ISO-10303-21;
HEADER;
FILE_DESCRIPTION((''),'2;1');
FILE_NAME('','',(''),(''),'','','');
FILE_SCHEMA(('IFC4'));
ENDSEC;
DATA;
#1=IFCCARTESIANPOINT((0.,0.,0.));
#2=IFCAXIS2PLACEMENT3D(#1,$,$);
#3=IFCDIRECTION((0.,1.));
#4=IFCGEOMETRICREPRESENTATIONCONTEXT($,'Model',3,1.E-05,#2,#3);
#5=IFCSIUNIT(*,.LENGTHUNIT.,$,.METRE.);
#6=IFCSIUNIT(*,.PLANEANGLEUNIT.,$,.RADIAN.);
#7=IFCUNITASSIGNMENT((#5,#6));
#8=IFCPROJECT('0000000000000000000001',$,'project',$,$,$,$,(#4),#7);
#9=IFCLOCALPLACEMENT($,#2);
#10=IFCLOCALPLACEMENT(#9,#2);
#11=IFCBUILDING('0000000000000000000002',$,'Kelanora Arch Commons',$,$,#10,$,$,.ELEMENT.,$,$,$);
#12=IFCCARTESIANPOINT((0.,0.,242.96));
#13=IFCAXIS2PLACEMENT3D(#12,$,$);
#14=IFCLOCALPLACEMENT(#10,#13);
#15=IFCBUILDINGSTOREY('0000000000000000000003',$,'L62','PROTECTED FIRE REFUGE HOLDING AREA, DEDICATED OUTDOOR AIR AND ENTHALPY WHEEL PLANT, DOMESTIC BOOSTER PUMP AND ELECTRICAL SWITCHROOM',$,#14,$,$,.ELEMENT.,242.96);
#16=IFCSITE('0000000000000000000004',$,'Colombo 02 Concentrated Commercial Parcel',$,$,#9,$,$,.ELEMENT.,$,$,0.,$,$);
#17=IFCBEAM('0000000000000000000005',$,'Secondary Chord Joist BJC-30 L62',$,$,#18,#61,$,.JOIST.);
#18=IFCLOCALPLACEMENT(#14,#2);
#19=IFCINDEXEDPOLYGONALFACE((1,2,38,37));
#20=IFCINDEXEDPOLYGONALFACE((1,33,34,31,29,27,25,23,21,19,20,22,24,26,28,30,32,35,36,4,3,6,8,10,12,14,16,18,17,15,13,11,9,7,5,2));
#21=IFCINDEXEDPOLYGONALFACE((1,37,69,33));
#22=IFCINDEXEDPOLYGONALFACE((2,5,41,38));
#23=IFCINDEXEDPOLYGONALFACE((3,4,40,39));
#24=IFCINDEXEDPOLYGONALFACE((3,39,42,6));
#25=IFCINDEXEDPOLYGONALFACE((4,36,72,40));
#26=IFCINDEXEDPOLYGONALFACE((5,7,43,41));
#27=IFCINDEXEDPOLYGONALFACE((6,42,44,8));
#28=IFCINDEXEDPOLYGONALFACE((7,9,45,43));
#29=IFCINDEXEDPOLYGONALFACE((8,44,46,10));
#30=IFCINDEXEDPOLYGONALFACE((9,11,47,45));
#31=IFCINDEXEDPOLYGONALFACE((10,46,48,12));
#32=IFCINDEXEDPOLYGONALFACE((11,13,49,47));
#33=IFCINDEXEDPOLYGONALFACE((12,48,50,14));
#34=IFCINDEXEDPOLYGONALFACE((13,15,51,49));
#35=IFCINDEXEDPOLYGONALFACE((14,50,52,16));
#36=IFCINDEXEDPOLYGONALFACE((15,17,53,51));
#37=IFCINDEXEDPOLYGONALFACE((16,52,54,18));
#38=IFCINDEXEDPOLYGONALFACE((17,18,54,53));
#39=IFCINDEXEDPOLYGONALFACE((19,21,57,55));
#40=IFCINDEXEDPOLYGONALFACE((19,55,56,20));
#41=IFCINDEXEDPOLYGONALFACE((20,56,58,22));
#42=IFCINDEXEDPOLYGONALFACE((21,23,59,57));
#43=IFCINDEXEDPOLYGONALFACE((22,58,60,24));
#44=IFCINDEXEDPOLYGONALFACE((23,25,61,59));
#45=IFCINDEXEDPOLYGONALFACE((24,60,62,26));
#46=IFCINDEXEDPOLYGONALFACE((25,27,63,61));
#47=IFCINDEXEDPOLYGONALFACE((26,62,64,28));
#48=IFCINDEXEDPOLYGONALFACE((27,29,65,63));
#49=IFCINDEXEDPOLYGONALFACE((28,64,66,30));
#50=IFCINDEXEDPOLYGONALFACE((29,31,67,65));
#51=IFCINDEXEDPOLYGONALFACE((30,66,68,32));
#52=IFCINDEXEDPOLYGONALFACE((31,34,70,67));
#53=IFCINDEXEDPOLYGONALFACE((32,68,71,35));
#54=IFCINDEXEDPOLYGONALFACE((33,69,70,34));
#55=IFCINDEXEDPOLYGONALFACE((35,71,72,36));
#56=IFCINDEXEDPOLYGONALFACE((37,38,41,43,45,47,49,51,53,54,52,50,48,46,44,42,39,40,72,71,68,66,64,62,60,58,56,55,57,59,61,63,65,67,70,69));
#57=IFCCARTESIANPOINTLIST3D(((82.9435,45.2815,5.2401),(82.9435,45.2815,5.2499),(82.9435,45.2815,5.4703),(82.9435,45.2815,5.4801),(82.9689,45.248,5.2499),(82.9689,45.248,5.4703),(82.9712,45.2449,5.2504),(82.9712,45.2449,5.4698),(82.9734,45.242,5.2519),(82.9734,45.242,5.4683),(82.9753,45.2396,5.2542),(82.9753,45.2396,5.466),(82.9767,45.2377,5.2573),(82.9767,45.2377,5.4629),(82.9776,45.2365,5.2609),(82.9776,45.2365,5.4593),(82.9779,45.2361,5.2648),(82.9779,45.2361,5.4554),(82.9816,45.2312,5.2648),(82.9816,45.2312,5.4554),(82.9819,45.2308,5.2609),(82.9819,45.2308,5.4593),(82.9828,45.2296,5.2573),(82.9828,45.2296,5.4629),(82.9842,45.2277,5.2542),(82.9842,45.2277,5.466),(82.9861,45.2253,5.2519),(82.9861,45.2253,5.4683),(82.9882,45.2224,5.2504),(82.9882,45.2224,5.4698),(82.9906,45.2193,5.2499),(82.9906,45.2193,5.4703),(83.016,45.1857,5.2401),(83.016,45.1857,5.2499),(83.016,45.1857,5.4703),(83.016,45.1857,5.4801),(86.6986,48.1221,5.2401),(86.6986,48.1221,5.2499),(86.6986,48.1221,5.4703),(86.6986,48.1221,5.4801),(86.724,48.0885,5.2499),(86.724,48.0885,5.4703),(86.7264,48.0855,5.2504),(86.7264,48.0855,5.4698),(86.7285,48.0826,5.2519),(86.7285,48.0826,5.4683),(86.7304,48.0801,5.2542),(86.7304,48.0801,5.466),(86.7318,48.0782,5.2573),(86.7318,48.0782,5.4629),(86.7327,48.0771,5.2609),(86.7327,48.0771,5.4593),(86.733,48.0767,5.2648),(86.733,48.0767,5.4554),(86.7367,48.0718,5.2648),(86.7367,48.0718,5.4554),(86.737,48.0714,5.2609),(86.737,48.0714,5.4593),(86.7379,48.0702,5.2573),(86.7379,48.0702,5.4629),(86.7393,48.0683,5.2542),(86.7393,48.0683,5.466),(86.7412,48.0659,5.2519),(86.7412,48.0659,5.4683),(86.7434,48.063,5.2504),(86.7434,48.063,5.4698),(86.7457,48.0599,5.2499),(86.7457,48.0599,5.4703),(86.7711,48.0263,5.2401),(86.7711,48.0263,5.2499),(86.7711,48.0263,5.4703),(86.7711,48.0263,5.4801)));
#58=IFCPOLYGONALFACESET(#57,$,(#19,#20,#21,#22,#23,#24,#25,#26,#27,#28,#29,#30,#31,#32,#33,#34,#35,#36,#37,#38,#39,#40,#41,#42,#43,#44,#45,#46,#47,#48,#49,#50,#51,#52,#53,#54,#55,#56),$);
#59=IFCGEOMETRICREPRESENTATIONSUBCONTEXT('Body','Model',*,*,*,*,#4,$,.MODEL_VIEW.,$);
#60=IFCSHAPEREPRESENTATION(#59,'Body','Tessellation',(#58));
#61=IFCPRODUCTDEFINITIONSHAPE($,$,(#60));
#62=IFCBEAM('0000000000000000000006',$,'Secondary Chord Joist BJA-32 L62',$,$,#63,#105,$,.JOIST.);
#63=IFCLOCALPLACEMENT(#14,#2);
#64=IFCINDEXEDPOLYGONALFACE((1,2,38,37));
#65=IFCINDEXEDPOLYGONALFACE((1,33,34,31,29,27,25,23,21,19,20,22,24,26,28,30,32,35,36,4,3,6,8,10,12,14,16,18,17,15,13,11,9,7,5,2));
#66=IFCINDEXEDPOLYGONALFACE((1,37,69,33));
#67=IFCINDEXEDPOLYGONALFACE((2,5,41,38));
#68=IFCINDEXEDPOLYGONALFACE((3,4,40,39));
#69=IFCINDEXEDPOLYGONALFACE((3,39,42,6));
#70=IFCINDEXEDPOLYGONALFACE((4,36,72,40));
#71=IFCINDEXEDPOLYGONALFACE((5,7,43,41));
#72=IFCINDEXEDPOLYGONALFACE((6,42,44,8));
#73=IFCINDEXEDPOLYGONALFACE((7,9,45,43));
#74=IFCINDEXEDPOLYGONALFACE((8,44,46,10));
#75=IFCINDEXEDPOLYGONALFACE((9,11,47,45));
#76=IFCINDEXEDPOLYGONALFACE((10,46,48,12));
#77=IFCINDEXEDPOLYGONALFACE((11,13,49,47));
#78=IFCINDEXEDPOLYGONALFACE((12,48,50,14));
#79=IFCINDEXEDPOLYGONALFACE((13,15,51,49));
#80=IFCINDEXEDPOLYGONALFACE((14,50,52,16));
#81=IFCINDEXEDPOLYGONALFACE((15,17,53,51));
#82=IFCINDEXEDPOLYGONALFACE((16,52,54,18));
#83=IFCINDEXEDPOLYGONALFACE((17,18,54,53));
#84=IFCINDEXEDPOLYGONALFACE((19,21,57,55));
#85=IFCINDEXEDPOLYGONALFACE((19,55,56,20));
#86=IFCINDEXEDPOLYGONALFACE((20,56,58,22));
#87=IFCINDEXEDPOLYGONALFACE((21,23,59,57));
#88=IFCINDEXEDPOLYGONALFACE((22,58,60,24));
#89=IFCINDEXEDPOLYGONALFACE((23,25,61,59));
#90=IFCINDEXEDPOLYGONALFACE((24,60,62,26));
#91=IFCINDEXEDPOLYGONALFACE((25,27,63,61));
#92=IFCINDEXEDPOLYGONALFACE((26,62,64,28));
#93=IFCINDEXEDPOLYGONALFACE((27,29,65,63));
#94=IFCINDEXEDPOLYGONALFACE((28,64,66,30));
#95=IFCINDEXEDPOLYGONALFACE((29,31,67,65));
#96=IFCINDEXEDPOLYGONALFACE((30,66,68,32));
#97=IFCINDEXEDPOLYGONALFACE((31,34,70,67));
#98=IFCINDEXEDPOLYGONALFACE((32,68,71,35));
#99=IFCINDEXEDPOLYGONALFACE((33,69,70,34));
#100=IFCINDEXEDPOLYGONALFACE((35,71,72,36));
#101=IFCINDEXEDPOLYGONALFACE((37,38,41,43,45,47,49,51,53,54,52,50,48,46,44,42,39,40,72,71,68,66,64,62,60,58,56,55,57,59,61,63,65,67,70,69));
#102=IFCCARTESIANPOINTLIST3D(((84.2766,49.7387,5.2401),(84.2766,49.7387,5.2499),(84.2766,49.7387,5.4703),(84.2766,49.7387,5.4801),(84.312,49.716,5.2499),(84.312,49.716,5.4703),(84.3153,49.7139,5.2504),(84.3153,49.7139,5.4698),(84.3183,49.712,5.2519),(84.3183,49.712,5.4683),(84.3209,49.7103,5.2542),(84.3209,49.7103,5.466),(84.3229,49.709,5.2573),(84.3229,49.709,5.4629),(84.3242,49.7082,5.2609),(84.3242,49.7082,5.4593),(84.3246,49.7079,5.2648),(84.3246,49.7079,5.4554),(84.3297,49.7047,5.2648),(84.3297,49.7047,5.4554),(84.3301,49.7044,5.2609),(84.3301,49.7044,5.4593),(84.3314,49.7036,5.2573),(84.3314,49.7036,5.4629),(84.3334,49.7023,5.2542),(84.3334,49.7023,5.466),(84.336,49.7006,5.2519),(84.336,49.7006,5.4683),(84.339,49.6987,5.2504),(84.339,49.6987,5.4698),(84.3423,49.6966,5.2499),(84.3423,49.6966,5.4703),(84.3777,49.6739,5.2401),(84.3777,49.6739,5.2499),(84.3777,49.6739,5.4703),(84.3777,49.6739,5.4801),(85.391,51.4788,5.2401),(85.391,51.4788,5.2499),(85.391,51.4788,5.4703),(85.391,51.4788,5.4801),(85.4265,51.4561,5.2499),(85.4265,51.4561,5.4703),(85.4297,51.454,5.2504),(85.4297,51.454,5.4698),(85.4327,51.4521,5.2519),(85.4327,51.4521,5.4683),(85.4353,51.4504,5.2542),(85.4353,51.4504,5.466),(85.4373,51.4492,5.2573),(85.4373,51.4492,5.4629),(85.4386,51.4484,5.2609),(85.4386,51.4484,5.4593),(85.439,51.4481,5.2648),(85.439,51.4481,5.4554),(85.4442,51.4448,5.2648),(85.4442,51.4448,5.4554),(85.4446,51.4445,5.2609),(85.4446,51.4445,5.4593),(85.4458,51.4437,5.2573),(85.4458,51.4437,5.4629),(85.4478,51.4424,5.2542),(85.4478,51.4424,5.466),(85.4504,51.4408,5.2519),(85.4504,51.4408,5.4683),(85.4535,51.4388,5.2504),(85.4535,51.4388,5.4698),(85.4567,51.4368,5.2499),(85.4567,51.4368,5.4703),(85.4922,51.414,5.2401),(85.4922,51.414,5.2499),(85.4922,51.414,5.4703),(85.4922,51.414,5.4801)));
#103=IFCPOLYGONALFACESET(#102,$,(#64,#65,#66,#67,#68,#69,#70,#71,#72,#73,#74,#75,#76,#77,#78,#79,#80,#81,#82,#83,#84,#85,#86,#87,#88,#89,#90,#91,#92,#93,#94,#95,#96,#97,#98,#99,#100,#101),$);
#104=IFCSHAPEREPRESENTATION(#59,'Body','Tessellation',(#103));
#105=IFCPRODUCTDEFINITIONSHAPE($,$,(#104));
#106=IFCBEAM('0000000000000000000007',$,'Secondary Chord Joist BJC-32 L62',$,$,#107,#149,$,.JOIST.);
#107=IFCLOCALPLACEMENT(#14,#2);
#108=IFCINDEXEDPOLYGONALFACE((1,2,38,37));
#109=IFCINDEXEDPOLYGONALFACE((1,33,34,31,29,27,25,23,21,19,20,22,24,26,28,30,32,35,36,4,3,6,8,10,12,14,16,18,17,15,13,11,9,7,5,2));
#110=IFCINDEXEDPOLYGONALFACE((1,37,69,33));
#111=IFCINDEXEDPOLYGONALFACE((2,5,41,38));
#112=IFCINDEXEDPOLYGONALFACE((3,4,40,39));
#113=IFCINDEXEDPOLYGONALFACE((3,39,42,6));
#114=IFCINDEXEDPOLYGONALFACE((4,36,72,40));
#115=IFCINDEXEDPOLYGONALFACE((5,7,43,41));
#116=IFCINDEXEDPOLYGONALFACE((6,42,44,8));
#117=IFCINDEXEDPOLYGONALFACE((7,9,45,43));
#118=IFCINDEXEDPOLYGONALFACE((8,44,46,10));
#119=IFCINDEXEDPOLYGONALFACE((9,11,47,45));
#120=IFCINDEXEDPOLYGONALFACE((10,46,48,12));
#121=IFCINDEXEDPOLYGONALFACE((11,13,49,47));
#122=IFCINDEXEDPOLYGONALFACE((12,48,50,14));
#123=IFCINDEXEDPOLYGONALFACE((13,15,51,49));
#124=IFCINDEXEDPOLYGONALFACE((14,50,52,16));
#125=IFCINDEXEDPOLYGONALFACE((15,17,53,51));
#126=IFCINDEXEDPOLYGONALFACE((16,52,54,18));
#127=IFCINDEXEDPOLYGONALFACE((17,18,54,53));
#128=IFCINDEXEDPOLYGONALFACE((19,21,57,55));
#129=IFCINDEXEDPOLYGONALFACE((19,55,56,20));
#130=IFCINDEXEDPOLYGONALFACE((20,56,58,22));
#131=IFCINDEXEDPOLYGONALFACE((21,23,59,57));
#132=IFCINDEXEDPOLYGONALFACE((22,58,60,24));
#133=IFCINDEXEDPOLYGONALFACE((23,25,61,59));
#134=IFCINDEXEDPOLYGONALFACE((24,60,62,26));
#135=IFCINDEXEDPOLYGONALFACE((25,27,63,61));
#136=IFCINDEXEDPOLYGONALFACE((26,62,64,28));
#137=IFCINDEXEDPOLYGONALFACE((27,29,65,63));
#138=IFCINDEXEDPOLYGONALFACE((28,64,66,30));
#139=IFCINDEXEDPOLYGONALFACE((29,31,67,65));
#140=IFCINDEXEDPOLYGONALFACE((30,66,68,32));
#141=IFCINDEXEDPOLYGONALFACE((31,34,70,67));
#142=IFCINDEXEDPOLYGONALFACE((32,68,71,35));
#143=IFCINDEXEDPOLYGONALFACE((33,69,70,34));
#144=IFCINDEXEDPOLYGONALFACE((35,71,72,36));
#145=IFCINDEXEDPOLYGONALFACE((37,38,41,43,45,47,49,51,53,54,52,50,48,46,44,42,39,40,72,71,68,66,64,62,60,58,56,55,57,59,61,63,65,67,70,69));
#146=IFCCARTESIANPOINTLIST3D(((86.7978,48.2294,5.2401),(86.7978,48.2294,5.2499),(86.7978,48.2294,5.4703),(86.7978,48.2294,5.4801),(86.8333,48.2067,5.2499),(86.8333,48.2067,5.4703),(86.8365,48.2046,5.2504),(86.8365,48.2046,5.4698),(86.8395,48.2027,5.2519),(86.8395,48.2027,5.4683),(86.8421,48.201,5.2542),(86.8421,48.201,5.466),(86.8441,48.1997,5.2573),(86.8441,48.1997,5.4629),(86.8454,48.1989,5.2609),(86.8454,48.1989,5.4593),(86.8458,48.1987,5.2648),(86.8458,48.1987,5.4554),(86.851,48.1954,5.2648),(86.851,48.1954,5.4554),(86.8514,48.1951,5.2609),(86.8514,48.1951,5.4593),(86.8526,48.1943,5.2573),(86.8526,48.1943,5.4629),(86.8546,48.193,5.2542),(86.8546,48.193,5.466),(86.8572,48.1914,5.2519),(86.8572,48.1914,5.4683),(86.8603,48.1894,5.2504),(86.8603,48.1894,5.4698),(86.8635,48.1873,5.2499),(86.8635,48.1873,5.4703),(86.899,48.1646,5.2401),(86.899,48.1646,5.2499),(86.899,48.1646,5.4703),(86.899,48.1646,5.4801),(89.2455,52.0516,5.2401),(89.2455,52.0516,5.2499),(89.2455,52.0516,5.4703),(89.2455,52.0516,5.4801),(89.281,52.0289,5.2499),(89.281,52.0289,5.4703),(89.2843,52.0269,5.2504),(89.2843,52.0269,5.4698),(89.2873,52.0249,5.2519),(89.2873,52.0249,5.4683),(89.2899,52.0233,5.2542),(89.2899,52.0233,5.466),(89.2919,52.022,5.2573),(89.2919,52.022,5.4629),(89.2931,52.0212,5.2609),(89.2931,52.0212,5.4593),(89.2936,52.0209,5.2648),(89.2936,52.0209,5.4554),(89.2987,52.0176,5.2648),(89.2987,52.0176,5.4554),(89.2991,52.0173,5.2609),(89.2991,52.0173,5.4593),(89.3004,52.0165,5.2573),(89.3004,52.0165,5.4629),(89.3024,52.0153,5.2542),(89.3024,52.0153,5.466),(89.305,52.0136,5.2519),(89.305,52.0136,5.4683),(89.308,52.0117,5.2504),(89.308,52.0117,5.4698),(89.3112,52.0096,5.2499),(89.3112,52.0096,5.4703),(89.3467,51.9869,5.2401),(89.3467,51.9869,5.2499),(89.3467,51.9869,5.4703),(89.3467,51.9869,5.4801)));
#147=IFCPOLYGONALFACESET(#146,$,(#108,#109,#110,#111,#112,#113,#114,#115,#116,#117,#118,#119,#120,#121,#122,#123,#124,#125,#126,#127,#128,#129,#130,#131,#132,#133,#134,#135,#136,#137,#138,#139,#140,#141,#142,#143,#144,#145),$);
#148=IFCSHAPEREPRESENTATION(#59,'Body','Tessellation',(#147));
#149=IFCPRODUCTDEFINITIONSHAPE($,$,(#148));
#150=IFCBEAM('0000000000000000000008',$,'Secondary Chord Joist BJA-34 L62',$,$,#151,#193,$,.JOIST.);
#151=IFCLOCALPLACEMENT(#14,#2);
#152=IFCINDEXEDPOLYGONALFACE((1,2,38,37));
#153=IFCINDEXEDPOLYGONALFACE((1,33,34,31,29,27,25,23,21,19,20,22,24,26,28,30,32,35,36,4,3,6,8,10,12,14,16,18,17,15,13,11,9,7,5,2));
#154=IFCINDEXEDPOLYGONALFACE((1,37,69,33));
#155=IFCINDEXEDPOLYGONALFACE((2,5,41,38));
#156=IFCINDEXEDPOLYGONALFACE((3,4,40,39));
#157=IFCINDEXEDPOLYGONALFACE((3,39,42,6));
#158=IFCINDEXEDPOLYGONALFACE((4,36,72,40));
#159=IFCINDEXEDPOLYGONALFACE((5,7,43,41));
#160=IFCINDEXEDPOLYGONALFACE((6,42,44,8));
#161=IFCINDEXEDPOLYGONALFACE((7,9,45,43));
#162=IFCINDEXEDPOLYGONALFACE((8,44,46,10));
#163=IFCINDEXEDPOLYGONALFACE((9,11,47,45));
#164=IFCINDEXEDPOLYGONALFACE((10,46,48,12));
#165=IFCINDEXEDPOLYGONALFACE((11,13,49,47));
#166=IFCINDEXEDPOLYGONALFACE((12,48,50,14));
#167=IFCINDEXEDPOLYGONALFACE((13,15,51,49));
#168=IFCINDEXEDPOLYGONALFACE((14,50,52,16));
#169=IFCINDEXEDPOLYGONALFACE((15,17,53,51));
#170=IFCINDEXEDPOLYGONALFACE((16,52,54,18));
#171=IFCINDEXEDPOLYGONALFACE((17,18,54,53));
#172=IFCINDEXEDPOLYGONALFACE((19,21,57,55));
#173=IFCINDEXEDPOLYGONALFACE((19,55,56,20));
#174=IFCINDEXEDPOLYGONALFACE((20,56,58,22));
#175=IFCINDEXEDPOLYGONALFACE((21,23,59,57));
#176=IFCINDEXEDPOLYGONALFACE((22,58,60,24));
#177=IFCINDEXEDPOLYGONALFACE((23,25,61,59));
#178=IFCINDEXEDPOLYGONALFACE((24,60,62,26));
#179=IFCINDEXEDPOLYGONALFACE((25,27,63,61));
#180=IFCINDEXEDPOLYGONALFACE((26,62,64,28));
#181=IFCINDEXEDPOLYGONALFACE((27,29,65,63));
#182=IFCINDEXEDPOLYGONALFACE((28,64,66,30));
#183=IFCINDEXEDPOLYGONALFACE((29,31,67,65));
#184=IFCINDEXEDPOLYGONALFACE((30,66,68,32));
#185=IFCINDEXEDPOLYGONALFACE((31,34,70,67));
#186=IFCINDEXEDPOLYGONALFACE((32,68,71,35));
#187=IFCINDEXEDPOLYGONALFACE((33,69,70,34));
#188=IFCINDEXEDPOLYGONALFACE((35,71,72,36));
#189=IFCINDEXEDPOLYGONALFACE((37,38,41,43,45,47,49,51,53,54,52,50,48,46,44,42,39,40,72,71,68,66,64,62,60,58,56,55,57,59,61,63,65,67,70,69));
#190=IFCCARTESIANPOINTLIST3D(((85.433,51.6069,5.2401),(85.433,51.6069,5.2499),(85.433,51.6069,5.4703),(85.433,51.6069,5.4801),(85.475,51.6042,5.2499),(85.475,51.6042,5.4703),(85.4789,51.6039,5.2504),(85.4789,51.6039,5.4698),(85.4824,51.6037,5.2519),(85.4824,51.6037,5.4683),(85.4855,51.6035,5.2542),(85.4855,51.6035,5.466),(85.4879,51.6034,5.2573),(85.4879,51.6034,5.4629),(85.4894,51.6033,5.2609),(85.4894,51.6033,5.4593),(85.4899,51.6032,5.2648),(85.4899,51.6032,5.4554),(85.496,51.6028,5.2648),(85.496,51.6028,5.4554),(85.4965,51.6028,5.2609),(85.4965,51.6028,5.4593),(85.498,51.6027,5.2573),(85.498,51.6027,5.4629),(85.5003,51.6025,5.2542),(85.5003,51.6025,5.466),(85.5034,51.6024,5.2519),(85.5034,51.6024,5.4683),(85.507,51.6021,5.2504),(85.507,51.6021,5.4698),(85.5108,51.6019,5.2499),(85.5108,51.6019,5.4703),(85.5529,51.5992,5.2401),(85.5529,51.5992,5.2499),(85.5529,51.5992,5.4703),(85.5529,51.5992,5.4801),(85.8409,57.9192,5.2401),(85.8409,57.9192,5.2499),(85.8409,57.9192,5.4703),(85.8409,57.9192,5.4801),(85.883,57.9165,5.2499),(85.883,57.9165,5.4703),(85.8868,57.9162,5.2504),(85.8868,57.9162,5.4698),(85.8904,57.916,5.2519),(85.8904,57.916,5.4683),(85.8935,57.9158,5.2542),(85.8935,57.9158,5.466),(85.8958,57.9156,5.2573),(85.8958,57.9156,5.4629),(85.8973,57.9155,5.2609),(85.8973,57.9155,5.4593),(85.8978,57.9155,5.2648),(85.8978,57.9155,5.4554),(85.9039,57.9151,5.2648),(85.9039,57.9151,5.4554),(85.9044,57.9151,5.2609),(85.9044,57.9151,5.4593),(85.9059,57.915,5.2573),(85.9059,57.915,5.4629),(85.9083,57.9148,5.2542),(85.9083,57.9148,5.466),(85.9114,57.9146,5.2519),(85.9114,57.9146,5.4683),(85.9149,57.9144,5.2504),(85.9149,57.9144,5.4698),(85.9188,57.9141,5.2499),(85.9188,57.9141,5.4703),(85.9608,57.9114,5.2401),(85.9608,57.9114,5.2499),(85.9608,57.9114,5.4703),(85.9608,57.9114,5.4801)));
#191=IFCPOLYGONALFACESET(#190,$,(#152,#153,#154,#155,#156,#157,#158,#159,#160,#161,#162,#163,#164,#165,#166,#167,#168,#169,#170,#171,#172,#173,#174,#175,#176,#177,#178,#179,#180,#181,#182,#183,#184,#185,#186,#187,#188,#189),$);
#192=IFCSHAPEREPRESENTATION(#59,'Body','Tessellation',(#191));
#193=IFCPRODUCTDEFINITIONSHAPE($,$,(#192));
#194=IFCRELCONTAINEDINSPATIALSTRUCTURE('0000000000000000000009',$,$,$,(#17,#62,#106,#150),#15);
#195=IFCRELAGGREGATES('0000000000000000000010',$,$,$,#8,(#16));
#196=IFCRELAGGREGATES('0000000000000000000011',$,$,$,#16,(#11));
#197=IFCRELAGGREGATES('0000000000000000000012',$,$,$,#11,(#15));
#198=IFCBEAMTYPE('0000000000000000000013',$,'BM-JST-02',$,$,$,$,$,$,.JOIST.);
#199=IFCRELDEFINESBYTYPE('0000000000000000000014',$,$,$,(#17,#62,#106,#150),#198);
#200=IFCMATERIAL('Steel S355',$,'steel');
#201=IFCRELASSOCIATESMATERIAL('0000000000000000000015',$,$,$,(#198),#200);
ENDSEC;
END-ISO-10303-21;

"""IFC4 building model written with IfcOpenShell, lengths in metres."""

from ifc_helpers import new_model, si_unit, direction, frame, origin, origin_2d, place, context, subcontext, project, spatial, i_section, extrude, material, material_profile, profile_set, type_object, element, save


model = new_model("IFC4")

# Units and contexts
model_context = context("Model", 3, precision=1e-05, world=origin(), true_north=direction((0.0, 1.0)))
body_context = subcontext(model_context, "Body", "Model", "MODEL_VIEW")
ifc_project = project(units=[si_unit("LENGTHUNIT", "METRE"), si_unit("PLANEANGLEUNIT", "RADIAN")], contexts=[model_context])

# Site, building, storey
site_placement = place(None, origin())
site = spatial("IfcSite", under=ifc_project, at=site_placement, Name="Colombo 02 Concentrated Commercial Parcel", CompositionType="ELEMENT", RefElevation=0.0)
building_placement = place(site_placement, origin())
building = spatial("IfcBuilding", under=site, at=building_placement, Name="Kelanora Arch Commons", CompositionType="ELEMENT")
storey_placement = place(building_placement, frame((0.0, 0.0, 242.96)))
storey = spatial("IfcBuildingStorey", under=building, at=storey_placement, Name="L62", Description="PROTECTED FIRE REFUGE HOLDING AREA, DEDICATED OUTDOOR AIR AND ENTHALPY WHEEL PLANT, DOMESTIC BOOSTER PUMP AND ELECTRICAL SWITCHROOM", CompositionType="ELEMENT", Elevation=242.96)

# Beams
ifc_material_1 = material(Name="Steel S355", Category="steel")
ifc_material_profile_1 = material_profile(ifc_material_1, i_section(OverallWidth=0.1201, OverallDepth=0.24, WebThickness=0.0061, FlangeThickness=0.0098, FilletRadius=0.0149, at=origin_2d()), Name="IPE240")
ifc_profile_set_1 = profile_set([ifc_material_profile_1], Name="Steel S355")
beam_type_1 = type_object("IfcBeamType", Name="BM-JST-02", PredefinedType="JOIST", material=ifc_profile_set_1)
beam_1_placement = place(storey_placement, frame((82.9797, 45.2336, 5.3601), z_axis=(0.797523, 0.603289, 0.0), x_axis=(-0.603289, 0.797523, 0.0)))
element("IfcBeam", 1, at=beam_1_placement, inside=storey, type_object=beam_type_1, Name="Secondary Chord Joist BJC-30 L62", PredefinedType="JOIST", context=body_context, shape_type="SweptSolid", body=[
    extrude(i_section(OverallWidth=0.1201, OverallDepth=0.24, WebThickness=0.0061, FlangeThickness=0.0098, FilletRadius=0.0149, at=origin_2d()), origin(), (0.0, 0.0, 1.0), 4.7085),
])
beam_2_placement = place(storey_placement, frame((84.3271, 49.7063, 5.3601), z_axis=(0.539312, 0.842106, 0.0), x_axis=(-0.842106, 0.539312, 0.0)))
element("IfcBeam", 2, at=beam_2_placement, inside=storey, type_object=beam_type_1, Name="Secondary Chord Joist BJA-32 L62", PredefinedType="JOIST", context=body_context, shape_type="SweptSolid", body=[
    extrude(i_section(OverallWidth=0.1201, OverallDepth=0.24, WebThickness=0.0061, FlangeThickness=0.0098, FilletRadius=0.0149, at=origin_2d()), origin(), (0.0, 0.0, 1.0), 2.0664),
])
beam_3_placement = place(storey_placement, frame((86.8484, 48.197, 5.3601), z_axis=(0.539289, 0.842121, 0.0), x_axis=(-0.842121, 0.539289, 0.0)))
element("IfcBeam", 3, at=beam_3_placement, inside=storey, type_object=beam_type_1, Name="Secondary Chord Joist BJC-32 L62", PredefinedType="JOIST", context=body_context, shape_type="SweptSolid", body=[
    extrude(i_section(OverallWidth=0.1201, OverallDepth=0.24, WebThickness=0.0061, FlangeThickness=0.0098, FilletRadius=0.0149, at=origin_2d()), origin(), (0.0, 0.0, 1.0), 4.5388),
])
beam_4_placement = place(storey_placement, frame((85.4929, 51.603, 5.3601), z_axis=(0.064495, 0.997918, 0.0), x_axis=(-0.997918, 0.064495, 0.0)))
element("IfcBeam", 4, at=beam_4_placement, inside=storey, type_object=beam_type_1, Name="Secondary Chord Joist BJA-34 L62", PredefinedType="JOIST", context=body_context, shape_type="SweptSolid", body=[
    extrude(i_section(OverallWidth=0.1201, OverallDepth=0.24, WebThickness=0.0061, FlangeThickness=0.0098, FilletRadius=0.0149, at=origin_2d()), origin(), (0.0, 0.0, 1.0), 6.3254),
])

save(model, "model.ifc")
